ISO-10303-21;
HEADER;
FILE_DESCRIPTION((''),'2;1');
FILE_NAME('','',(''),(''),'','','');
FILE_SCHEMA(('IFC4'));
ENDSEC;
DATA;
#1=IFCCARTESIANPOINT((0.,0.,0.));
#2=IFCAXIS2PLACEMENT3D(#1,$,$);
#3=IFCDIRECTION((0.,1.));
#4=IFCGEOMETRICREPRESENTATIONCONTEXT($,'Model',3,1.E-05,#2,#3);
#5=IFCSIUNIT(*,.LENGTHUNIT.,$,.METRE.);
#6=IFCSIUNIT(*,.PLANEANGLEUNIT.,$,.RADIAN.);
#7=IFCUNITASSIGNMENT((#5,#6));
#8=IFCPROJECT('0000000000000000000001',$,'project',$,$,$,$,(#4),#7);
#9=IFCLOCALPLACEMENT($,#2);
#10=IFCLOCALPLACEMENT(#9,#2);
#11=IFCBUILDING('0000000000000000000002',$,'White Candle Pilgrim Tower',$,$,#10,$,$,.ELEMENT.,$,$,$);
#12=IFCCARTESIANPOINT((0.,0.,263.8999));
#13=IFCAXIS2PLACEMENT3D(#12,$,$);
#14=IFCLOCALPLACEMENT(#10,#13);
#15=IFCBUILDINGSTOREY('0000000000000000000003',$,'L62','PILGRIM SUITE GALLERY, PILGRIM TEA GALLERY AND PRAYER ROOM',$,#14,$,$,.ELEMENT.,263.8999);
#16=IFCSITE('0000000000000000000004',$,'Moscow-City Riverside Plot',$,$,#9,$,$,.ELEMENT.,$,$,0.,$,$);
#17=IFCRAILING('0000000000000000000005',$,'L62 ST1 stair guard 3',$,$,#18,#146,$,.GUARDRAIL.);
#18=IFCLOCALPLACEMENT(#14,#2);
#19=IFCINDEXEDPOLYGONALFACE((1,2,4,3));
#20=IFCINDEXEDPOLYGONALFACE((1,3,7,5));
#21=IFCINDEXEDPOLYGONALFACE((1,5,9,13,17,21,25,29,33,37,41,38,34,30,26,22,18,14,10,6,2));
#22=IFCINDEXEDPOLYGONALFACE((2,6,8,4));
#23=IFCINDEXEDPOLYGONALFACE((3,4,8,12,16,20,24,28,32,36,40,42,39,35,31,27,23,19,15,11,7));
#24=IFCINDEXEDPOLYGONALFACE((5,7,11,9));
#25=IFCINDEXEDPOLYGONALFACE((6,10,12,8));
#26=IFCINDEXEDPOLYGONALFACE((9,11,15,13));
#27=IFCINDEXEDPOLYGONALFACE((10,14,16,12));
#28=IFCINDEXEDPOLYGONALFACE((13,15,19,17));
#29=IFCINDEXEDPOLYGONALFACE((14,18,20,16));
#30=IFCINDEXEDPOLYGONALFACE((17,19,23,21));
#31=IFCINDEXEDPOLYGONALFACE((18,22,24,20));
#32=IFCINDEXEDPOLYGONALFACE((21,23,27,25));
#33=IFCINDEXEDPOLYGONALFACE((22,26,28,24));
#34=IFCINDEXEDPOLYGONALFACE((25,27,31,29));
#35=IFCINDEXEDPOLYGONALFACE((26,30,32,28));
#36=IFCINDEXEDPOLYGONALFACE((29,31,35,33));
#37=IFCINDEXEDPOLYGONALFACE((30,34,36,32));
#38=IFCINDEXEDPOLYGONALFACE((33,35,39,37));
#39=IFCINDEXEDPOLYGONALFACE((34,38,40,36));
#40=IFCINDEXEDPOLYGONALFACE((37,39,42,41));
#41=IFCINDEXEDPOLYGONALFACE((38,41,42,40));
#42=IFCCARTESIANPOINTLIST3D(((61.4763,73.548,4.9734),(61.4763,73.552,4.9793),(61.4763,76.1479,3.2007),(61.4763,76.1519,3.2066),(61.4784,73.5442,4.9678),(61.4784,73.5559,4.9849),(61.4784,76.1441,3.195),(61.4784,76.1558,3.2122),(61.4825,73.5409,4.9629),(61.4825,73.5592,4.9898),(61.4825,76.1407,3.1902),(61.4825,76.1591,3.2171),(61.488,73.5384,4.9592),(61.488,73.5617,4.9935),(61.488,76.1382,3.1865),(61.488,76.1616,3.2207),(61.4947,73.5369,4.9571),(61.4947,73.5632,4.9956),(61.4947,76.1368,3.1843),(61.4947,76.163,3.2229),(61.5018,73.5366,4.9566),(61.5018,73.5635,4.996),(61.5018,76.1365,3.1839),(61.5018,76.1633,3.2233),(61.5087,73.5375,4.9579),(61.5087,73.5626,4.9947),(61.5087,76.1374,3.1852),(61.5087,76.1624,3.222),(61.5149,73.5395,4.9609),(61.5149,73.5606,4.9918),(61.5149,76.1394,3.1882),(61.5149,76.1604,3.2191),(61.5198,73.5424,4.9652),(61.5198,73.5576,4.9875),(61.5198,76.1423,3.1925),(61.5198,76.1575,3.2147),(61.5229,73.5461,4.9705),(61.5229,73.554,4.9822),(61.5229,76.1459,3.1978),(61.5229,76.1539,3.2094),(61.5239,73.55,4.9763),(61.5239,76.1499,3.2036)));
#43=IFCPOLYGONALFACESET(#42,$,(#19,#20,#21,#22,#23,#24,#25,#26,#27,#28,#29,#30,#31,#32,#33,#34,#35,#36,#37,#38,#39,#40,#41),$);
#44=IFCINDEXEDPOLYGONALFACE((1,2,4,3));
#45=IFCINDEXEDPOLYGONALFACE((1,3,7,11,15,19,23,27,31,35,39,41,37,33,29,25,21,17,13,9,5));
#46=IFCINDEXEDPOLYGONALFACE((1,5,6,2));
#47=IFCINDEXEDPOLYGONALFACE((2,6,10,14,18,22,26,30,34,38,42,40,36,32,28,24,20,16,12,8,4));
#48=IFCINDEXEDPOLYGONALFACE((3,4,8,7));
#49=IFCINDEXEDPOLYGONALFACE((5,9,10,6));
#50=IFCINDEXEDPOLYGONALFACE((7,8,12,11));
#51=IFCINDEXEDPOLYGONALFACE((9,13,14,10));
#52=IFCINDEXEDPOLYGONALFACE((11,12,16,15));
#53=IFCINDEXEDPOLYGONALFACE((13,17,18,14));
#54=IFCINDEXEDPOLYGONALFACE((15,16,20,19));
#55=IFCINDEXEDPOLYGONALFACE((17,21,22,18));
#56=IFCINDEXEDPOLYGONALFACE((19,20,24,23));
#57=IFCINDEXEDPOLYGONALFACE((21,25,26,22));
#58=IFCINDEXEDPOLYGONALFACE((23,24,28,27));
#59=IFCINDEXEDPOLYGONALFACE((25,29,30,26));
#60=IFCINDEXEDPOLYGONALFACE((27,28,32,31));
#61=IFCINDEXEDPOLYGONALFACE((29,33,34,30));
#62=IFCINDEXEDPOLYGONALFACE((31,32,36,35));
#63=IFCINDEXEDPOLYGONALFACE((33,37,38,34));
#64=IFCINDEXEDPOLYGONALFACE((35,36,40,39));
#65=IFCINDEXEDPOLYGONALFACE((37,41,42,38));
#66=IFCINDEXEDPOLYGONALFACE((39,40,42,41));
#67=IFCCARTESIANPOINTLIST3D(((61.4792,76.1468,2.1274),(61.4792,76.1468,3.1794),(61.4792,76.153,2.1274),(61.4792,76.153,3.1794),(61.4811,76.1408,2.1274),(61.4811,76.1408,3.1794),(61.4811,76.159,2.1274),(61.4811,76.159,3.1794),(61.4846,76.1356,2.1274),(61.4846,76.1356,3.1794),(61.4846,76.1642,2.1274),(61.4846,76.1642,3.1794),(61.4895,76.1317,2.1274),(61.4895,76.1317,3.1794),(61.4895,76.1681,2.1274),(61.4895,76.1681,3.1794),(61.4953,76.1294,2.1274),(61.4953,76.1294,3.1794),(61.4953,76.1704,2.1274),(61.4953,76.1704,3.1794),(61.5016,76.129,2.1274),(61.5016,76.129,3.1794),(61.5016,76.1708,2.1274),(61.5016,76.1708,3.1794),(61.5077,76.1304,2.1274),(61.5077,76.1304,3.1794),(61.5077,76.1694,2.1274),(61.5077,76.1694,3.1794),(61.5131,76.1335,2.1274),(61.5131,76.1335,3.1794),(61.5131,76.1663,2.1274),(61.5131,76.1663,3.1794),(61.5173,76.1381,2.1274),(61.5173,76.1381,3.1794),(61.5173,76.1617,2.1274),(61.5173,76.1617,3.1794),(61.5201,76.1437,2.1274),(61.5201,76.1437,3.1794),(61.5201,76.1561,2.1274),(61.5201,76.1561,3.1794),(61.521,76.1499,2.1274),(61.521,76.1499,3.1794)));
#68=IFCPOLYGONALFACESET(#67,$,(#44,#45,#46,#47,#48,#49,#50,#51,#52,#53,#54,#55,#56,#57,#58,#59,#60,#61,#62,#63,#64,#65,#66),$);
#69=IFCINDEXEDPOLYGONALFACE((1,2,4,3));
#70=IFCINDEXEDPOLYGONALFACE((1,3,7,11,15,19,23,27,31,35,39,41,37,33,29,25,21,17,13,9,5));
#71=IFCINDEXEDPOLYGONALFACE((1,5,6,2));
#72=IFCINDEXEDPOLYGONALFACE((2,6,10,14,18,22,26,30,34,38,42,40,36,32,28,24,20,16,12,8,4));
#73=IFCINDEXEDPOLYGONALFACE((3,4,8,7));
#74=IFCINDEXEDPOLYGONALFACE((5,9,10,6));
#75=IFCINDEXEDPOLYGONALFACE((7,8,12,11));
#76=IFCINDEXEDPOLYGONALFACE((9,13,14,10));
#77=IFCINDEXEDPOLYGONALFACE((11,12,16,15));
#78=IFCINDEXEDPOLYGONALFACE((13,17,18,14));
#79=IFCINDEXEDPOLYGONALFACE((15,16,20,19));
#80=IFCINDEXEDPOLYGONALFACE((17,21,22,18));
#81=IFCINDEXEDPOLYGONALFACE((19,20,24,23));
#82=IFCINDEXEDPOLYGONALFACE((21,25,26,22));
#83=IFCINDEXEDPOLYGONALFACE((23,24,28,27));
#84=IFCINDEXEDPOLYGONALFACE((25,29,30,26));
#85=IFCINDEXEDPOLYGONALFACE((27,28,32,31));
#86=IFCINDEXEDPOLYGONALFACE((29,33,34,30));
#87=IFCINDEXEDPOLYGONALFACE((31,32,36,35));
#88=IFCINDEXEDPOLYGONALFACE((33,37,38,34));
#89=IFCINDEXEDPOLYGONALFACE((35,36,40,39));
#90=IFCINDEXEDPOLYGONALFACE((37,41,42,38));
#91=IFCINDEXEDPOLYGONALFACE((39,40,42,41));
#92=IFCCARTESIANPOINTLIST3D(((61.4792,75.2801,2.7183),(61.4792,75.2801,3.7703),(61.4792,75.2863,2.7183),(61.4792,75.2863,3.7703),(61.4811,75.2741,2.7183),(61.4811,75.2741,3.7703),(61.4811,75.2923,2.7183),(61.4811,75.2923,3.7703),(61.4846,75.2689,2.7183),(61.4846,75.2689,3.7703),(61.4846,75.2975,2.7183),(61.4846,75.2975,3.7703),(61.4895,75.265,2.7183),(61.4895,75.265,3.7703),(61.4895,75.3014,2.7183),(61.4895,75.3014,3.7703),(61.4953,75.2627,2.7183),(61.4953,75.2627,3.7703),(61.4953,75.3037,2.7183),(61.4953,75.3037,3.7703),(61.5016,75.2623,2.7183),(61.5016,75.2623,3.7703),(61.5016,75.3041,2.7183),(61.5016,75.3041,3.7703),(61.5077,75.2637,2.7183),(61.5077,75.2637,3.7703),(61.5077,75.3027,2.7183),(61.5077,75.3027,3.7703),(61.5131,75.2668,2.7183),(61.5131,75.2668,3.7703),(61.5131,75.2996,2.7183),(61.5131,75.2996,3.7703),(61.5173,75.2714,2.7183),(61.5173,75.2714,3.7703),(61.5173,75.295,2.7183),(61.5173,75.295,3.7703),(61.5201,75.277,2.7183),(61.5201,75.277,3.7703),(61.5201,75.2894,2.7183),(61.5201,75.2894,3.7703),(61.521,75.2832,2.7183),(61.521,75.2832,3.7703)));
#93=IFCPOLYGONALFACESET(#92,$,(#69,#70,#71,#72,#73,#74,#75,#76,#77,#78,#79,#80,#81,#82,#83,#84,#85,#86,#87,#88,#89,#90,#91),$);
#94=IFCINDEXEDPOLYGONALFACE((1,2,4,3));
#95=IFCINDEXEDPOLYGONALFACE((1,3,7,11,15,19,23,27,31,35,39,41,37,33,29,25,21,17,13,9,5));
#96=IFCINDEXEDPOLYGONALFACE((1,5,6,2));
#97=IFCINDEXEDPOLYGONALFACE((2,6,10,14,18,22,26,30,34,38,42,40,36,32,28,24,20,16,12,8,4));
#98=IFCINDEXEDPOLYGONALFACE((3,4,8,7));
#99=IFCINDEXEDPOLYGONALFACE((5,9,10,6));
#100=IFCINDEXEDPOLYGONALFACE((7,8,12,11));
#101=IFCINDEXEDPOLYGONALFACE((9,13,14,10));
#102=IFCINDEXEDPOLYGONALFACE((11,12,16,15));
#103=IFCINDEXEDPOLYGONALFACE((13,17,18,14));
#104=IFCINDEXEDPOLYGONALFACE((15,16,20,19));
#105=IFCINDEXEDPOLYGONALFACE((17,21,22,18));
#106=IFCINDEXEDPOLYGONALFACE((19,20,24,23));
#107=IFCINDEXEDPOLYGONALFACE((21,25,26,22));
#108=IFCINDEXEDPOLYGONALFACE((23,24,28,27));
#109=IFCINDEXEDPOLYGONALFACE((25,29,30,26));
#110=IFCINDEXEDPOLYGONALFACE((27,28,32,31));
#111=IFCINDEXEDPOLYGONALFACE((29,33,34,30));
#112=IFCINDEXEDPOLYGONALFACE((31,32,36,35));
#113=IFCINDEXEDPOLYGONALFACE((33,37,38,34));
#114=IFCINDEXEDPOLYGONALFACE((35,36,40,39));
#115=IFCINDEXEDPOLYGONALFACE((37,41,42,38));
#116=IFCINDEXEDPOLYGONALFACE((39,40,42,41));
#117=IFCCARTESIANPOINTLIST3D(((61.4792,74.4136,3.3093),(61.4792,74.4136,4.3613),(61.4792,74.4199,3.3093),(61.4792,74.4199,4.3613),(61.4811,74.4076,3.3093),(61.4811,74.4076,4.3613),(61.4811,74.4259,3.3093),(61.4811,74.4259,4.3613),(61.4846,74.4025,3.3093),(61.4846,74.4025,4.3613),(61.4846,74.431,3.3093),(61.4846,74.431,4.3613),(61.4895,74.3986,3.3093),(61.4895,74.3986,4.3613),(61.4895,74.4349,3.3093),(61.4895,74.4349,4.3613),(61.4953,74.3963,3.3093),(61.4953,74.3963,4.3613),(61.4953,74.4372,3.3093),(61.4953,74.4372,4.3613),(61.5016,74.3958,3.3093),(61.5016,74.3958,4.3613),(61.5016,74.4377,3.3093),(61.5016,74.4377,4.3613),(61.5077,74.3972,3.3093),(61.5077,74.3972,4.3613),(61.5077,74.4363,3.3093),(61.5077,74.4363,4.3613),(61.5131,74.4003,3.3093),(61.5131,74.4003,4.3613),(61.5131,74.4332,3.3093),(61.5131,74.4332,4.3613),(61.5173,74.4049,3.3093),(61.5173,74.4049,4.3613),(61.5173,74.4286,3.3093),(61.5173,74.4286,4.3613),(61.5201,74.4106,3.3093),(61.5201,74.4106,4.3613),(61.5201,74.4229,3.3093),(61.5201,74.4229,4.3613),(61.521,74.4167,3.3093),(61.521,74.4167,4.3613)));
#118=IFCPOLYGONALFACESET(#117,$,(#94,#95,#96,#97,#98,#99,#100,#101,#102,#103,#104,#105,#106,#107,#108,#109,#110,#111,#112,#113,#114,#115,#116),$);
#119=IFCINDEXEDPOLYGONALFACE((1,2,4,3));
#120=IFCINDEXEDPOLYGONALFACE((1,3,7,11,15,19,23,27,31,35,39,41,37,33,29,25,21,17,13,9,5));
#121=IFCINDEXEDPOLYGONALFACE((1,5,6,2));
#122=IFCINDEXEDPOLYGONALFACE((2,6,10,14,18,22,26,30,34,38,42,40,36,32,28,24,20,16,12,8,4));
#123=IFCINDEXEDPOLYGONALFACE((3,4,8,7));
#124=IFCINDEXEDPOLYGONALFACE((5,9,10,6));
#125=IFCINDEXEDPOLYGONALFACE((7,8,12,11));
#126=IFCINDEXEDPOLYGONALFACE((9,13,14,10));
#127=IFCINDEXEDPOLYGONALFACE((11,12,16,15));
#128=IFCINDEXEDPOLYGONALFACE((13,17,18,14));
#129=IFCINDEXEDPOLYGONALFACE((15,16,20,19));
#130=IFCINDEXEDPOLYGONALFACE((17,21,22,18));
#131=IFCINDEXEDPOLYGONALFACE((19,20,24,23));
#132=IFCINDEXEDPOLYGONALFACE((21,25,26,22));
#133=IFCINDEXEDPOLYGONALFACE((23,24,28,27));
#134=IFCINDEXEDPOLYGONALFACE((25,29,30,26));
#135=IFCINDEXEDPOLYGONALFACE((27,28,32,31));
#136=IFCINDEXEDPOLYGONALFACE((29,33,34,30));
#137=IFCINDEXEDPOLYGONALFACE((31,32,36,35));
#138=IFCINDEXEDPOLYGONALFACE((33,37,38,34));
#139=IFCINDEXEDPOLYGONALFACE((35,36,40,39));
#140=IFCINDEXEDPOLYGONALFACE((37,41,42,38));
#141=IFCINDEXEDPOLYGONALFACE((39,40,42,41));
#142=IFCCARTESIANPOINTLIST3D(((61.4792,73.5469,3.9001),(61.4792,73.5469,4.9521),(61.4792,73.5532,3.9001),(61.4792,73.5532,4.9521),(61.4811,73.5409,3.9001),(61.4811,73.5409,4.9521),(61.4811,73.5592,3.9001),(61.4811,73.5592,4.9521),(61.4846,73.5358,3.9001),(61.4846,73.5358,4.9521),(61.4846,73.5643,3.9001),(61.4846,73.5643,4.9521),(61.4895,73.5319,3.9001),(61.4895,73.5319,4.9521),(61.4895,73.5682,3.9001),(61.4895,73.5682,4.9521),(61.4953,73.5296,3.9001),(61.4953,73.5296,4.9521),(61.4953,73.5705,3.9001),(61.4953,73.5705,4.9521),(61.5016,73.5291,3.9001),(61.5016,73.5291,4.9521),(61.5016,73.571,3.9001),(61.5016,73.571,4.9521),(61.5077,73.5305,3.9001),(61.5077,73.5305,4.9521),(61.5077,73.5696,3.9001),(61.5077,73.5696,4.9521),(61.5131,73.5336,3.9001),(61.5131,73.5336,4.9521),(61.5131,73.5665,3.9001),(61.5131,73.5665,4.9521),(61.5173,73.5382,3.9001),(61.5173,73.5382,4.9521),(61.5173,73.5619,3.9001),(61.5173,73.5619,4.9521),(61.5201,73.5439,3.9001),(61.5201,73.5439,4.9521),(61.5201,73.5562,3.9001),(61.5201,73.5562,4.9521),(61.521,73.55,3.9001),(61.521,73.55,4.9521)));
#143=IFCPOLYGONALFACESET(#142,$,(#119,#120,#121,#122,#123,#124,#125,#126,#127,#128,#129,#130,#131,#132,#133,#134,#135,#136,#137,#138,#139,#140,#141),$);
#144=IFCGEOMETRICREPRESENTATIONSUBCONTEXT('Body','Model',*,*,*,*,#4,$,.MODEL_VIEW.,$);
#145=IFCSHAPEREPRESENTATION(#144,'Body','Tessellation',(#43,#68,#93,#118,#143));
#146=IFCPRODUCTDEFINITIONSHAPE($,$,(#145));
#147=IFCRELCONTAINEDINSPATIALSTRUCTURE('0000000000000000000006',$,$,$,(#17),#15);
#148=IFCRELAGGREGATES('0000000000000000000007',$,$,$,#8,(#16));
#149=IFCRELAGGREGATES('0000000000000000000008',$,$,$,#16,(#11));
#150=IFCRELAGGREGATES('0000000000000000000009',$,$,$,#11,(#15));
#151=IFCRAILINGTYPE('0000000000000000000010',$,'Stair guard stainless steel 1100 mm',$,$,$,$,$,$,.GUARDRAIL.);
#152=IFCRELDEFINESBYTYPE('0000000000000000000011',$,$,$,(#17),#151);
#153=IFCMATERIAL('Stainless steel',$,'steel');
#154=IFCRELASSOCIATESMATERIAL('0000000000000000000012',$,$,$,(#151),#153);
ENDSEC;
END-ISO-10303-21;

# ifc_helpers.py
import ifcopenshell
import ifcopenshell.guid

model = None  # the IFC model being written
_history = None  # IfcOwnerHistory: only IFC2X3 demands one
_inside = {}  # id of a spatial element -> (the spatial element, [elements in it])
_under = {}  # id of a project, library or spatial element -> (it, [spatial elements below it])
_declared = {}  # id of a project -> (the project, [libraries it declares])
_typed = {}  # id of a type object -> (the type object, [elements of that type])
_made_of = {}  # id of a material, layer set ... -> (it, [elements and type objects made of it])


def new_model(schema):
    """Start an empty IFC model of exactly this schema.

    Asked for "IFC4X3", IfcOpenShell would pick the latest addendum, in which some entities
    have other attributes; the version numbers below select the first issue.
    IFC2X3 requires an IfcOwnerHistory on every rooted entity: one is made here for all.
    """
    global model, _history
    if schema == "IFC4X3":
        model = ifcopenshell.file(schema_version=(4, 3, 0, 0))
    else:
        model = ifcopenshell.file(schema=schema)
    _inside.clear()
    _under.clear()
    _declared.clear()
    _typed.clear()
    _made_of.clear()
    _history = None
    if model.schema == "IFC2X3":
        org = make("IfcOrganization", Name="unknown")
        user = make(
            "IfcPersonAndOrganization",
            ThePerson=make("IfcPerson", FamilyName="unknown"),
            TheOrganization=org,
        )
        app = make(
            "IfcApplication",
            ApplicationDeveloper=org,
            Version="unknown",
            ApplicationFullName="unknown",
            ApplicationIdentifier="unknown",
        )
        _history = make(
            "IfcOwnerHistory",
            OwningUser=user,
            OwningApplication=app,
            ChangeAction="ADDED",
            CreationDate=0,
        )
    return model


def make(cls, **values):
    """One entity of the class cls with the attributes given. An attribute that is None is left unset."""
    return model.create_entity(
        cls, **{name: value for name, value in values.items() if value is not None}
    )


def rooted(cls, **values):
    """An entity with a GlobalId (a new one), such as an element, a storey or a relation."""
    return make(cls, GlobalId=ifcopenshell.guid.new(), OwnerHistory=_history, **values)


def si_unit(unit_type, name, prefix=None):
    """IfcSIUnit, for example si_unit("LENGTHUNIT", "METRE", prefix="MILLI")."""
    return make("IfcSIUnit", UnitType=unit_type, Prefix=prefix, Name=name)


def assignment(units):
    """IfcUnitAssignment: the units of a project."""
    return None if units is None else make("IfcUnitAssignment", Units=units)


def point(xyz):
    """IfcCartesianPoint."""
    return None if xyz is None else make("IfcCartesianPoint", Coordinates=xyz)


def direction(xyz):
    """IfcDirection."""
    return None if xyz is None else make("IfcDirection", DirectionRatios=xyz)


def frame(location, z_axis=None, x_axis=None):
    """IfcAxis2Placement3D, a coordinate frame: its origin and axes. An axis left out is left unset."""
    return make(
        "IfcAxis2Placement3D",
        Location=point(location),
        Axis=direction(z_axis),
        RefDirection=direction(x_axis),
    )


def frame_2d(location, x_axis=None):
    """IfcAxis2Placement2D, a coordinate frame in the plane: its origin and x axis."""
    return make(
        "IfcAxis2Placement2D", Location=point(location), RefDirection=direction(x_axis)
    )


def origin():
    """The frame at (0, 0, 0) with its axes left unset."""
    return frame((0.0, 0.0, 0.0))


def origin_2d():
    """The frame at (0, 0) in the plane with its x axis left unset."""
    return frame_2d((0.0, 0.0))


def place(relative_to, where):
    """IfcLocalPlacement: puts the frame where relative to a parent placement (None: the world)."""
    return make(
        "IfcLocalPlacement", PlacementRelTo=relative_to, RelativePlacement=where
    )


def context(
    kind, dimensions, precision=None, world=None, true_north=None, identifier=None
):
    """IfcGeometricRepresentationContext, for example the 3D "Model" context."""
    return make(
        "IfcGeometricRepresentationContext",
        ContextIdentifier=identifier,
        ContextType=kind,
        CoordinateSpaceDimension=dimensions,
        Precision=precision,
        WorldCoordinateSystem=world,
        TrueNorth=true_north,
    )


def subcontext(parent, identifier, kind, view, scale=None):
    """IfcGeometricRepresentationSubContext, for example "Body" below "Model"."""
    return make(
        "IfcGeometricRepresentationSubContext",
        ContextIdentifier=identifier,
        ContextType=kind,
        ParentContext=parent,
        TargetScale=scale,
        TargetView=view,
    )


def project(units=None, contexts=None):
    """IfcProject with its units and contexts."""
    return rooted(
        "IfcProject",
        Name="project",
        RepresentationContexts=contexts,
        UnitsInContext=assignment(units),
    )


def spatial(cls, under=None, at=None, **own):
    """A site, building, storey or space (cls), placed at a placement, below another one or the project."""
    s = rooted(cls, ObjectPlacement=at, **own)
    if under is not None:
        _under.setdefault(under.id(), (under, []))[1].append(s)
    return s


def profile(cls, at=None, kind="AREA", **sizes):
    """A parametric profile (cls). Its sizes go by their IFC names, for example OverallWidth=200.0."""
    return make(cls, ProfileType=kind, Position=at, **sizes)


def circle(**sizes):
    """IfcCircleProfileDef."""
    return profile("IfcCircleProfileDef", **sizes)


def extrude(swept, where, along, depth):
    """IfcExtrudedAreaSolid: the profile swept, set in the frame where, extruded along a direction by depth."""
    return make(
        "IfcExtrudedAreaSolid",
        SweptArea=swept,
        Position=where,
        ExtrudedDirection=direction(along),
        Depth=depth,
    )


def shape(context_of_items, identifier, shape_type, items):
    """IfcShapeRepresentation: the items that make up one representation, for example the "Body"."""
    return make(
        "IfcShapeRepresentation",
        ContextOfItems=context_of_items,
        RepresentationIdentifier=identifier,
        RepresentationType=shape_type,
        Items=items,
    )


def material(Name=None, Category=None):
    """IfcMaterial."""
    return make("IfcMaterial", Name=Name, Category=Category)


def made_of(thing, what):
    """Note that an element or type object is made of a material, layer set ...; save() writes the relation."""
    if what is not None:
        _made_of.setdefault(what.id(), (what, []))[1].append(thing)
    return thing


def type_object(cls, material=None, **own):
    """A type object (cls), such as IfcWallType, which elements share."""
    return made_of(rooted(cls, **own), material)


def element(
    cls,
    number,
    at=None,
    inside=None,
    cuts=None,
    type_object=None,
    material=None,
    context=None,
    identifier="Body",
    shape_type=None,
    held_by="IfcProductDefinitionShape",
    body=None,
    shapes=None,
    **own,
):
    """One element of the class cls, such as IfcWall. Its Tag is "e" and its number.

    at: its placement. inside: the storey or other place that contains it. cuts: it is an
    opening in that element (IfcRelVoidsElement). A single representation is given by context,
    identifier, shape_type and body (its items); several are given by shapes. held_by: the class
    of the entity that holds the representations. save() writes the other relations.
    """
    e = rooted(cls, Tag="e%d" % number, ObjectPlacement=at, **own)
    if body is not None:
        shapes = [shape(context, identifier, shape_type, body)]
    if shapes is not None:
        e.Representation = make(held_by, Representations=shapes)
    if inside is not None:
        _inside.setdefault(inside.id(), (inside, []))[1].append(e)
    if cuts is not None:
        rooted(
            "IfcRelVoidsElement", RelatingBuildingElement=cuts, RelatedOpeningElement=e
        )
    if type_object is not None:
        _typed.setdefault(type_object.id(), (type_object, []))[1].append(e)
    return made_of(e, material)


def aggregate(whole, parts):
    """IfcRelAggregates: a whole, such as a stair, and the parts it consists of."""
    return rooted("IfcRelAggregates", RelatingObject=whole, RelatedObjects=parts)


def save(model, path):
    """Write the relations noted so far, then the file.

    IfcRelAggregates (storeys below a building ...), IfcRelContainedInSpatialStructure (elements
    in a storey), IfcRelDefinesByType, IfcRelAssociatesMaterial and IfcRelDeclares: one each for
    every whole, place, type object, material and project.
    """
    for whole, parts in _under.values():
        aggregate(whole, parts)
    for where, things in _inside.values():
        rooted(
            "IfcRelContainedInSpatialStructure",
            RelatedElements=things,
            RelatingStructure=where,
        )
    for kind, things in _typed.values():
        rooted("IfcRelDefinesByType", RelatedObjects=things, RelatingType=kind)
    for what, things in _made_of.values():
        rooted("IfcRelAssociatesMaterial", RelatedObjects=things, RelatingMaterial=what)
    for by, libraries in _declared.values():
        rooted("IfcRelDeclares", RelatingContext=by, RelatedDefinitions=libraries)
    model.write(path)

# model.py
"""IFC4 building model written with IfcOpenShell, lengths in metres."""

from ifc_helpers import new_model, si_unit, direction, frame, origin, origin_2d, place, context, subcontext, project, spatial, circle, extrude, material, type_object, element, save


model = new_model("IFC4")

# Units and contexts
model_context = context("Model", 3, precision=1e-05, world=origin(), true_north=direction((0.0, 1.0)))
body_context = subcontext(model_context, "Body", "Model", "MODEL_VIEW")
ifc_project = project(units=[si_unit("LENGTHUNIT", "METRE"), si_unit("PLANEANGLEUNIT", "RADIAN")], contexts=[model_context])

# Site, building, storey
site_placement = place(None, origin())
site = spatial("IfcSite", under=ifc_project, at=site_placement, Name="Moscow-City Riverside Plot", CompositionType="ELEMENT", RefElevation=0.0)
building_placement = place(site_placement, origin())
building = spatial("IfcBuilding", under=site, at=building_placement, Name="White Candle Pilgrim Tower", CompositionType="ELEMENT")
storey_placement = place(building_placement, frame((0.0, 0.0, 263.8999)))
storey = spatial("IfcBuildingStorey", under=building, at=storey_placement, Name="L62", Description="PILGRIM SUITE GALLERY, PILGRIM TEA GALLERY AND PRAYER ROOM", CompositionType="ELEMENT", Elevation=263.8999)

# Shared definitions
ifc_material_1 = material(Name="Stainless steel", Category="steel")

# Railing
railing_type = type_object("IfcRailingType", Name="Stair guard stainless steel 1100 mm", PredefinedType="GUARDRAIL", material=ifc_material_1)
railing_1_placement = place(storey_placement, frame((61.5, 76.1499, 2.1274)))
element("IfcRailing", 1, at=railing_1_placement, inside=storey, type_object=railing_type, Name="L62 ST1 stair guard 3", PredefinedType="GUARDRAIL", context=body_context, shape_type="SweptSolid", body=[
    extrude(circle(Radius=0.0239, at=origin_2d()), frame((0.0, 0.0, 1.0762), z_axis=(0.0, -0.826216, 0.563354), x_axis=(1.0, 0.0, 0.0)), (0.0, 0.0, 1.0), 3.1467),
    extrude(circle(Radius=0.021, at=origin_2d()), origin(), (0.0, 0.0, 1.0), 1.052),
    extrude(circle(Radius=0.021, at=origin_2d()), frame((0.0, -0.8667, 0.5908)), (0.0, 0.0, 1.0), 1.052),
    extrude(circle(Radius=0.021, at=origin_2d()), frame((0.0, -1.7332, 1.1819)), (0.0, 0.0, 1.0), 1.052),
    extrude(circle(Radius=0.021, at=origin_2d()), frame((0.0, -2.5999, 1.7727)), (0.0, 0.0, 1.0), 1.052),
])

save(model, "model.ifc")
